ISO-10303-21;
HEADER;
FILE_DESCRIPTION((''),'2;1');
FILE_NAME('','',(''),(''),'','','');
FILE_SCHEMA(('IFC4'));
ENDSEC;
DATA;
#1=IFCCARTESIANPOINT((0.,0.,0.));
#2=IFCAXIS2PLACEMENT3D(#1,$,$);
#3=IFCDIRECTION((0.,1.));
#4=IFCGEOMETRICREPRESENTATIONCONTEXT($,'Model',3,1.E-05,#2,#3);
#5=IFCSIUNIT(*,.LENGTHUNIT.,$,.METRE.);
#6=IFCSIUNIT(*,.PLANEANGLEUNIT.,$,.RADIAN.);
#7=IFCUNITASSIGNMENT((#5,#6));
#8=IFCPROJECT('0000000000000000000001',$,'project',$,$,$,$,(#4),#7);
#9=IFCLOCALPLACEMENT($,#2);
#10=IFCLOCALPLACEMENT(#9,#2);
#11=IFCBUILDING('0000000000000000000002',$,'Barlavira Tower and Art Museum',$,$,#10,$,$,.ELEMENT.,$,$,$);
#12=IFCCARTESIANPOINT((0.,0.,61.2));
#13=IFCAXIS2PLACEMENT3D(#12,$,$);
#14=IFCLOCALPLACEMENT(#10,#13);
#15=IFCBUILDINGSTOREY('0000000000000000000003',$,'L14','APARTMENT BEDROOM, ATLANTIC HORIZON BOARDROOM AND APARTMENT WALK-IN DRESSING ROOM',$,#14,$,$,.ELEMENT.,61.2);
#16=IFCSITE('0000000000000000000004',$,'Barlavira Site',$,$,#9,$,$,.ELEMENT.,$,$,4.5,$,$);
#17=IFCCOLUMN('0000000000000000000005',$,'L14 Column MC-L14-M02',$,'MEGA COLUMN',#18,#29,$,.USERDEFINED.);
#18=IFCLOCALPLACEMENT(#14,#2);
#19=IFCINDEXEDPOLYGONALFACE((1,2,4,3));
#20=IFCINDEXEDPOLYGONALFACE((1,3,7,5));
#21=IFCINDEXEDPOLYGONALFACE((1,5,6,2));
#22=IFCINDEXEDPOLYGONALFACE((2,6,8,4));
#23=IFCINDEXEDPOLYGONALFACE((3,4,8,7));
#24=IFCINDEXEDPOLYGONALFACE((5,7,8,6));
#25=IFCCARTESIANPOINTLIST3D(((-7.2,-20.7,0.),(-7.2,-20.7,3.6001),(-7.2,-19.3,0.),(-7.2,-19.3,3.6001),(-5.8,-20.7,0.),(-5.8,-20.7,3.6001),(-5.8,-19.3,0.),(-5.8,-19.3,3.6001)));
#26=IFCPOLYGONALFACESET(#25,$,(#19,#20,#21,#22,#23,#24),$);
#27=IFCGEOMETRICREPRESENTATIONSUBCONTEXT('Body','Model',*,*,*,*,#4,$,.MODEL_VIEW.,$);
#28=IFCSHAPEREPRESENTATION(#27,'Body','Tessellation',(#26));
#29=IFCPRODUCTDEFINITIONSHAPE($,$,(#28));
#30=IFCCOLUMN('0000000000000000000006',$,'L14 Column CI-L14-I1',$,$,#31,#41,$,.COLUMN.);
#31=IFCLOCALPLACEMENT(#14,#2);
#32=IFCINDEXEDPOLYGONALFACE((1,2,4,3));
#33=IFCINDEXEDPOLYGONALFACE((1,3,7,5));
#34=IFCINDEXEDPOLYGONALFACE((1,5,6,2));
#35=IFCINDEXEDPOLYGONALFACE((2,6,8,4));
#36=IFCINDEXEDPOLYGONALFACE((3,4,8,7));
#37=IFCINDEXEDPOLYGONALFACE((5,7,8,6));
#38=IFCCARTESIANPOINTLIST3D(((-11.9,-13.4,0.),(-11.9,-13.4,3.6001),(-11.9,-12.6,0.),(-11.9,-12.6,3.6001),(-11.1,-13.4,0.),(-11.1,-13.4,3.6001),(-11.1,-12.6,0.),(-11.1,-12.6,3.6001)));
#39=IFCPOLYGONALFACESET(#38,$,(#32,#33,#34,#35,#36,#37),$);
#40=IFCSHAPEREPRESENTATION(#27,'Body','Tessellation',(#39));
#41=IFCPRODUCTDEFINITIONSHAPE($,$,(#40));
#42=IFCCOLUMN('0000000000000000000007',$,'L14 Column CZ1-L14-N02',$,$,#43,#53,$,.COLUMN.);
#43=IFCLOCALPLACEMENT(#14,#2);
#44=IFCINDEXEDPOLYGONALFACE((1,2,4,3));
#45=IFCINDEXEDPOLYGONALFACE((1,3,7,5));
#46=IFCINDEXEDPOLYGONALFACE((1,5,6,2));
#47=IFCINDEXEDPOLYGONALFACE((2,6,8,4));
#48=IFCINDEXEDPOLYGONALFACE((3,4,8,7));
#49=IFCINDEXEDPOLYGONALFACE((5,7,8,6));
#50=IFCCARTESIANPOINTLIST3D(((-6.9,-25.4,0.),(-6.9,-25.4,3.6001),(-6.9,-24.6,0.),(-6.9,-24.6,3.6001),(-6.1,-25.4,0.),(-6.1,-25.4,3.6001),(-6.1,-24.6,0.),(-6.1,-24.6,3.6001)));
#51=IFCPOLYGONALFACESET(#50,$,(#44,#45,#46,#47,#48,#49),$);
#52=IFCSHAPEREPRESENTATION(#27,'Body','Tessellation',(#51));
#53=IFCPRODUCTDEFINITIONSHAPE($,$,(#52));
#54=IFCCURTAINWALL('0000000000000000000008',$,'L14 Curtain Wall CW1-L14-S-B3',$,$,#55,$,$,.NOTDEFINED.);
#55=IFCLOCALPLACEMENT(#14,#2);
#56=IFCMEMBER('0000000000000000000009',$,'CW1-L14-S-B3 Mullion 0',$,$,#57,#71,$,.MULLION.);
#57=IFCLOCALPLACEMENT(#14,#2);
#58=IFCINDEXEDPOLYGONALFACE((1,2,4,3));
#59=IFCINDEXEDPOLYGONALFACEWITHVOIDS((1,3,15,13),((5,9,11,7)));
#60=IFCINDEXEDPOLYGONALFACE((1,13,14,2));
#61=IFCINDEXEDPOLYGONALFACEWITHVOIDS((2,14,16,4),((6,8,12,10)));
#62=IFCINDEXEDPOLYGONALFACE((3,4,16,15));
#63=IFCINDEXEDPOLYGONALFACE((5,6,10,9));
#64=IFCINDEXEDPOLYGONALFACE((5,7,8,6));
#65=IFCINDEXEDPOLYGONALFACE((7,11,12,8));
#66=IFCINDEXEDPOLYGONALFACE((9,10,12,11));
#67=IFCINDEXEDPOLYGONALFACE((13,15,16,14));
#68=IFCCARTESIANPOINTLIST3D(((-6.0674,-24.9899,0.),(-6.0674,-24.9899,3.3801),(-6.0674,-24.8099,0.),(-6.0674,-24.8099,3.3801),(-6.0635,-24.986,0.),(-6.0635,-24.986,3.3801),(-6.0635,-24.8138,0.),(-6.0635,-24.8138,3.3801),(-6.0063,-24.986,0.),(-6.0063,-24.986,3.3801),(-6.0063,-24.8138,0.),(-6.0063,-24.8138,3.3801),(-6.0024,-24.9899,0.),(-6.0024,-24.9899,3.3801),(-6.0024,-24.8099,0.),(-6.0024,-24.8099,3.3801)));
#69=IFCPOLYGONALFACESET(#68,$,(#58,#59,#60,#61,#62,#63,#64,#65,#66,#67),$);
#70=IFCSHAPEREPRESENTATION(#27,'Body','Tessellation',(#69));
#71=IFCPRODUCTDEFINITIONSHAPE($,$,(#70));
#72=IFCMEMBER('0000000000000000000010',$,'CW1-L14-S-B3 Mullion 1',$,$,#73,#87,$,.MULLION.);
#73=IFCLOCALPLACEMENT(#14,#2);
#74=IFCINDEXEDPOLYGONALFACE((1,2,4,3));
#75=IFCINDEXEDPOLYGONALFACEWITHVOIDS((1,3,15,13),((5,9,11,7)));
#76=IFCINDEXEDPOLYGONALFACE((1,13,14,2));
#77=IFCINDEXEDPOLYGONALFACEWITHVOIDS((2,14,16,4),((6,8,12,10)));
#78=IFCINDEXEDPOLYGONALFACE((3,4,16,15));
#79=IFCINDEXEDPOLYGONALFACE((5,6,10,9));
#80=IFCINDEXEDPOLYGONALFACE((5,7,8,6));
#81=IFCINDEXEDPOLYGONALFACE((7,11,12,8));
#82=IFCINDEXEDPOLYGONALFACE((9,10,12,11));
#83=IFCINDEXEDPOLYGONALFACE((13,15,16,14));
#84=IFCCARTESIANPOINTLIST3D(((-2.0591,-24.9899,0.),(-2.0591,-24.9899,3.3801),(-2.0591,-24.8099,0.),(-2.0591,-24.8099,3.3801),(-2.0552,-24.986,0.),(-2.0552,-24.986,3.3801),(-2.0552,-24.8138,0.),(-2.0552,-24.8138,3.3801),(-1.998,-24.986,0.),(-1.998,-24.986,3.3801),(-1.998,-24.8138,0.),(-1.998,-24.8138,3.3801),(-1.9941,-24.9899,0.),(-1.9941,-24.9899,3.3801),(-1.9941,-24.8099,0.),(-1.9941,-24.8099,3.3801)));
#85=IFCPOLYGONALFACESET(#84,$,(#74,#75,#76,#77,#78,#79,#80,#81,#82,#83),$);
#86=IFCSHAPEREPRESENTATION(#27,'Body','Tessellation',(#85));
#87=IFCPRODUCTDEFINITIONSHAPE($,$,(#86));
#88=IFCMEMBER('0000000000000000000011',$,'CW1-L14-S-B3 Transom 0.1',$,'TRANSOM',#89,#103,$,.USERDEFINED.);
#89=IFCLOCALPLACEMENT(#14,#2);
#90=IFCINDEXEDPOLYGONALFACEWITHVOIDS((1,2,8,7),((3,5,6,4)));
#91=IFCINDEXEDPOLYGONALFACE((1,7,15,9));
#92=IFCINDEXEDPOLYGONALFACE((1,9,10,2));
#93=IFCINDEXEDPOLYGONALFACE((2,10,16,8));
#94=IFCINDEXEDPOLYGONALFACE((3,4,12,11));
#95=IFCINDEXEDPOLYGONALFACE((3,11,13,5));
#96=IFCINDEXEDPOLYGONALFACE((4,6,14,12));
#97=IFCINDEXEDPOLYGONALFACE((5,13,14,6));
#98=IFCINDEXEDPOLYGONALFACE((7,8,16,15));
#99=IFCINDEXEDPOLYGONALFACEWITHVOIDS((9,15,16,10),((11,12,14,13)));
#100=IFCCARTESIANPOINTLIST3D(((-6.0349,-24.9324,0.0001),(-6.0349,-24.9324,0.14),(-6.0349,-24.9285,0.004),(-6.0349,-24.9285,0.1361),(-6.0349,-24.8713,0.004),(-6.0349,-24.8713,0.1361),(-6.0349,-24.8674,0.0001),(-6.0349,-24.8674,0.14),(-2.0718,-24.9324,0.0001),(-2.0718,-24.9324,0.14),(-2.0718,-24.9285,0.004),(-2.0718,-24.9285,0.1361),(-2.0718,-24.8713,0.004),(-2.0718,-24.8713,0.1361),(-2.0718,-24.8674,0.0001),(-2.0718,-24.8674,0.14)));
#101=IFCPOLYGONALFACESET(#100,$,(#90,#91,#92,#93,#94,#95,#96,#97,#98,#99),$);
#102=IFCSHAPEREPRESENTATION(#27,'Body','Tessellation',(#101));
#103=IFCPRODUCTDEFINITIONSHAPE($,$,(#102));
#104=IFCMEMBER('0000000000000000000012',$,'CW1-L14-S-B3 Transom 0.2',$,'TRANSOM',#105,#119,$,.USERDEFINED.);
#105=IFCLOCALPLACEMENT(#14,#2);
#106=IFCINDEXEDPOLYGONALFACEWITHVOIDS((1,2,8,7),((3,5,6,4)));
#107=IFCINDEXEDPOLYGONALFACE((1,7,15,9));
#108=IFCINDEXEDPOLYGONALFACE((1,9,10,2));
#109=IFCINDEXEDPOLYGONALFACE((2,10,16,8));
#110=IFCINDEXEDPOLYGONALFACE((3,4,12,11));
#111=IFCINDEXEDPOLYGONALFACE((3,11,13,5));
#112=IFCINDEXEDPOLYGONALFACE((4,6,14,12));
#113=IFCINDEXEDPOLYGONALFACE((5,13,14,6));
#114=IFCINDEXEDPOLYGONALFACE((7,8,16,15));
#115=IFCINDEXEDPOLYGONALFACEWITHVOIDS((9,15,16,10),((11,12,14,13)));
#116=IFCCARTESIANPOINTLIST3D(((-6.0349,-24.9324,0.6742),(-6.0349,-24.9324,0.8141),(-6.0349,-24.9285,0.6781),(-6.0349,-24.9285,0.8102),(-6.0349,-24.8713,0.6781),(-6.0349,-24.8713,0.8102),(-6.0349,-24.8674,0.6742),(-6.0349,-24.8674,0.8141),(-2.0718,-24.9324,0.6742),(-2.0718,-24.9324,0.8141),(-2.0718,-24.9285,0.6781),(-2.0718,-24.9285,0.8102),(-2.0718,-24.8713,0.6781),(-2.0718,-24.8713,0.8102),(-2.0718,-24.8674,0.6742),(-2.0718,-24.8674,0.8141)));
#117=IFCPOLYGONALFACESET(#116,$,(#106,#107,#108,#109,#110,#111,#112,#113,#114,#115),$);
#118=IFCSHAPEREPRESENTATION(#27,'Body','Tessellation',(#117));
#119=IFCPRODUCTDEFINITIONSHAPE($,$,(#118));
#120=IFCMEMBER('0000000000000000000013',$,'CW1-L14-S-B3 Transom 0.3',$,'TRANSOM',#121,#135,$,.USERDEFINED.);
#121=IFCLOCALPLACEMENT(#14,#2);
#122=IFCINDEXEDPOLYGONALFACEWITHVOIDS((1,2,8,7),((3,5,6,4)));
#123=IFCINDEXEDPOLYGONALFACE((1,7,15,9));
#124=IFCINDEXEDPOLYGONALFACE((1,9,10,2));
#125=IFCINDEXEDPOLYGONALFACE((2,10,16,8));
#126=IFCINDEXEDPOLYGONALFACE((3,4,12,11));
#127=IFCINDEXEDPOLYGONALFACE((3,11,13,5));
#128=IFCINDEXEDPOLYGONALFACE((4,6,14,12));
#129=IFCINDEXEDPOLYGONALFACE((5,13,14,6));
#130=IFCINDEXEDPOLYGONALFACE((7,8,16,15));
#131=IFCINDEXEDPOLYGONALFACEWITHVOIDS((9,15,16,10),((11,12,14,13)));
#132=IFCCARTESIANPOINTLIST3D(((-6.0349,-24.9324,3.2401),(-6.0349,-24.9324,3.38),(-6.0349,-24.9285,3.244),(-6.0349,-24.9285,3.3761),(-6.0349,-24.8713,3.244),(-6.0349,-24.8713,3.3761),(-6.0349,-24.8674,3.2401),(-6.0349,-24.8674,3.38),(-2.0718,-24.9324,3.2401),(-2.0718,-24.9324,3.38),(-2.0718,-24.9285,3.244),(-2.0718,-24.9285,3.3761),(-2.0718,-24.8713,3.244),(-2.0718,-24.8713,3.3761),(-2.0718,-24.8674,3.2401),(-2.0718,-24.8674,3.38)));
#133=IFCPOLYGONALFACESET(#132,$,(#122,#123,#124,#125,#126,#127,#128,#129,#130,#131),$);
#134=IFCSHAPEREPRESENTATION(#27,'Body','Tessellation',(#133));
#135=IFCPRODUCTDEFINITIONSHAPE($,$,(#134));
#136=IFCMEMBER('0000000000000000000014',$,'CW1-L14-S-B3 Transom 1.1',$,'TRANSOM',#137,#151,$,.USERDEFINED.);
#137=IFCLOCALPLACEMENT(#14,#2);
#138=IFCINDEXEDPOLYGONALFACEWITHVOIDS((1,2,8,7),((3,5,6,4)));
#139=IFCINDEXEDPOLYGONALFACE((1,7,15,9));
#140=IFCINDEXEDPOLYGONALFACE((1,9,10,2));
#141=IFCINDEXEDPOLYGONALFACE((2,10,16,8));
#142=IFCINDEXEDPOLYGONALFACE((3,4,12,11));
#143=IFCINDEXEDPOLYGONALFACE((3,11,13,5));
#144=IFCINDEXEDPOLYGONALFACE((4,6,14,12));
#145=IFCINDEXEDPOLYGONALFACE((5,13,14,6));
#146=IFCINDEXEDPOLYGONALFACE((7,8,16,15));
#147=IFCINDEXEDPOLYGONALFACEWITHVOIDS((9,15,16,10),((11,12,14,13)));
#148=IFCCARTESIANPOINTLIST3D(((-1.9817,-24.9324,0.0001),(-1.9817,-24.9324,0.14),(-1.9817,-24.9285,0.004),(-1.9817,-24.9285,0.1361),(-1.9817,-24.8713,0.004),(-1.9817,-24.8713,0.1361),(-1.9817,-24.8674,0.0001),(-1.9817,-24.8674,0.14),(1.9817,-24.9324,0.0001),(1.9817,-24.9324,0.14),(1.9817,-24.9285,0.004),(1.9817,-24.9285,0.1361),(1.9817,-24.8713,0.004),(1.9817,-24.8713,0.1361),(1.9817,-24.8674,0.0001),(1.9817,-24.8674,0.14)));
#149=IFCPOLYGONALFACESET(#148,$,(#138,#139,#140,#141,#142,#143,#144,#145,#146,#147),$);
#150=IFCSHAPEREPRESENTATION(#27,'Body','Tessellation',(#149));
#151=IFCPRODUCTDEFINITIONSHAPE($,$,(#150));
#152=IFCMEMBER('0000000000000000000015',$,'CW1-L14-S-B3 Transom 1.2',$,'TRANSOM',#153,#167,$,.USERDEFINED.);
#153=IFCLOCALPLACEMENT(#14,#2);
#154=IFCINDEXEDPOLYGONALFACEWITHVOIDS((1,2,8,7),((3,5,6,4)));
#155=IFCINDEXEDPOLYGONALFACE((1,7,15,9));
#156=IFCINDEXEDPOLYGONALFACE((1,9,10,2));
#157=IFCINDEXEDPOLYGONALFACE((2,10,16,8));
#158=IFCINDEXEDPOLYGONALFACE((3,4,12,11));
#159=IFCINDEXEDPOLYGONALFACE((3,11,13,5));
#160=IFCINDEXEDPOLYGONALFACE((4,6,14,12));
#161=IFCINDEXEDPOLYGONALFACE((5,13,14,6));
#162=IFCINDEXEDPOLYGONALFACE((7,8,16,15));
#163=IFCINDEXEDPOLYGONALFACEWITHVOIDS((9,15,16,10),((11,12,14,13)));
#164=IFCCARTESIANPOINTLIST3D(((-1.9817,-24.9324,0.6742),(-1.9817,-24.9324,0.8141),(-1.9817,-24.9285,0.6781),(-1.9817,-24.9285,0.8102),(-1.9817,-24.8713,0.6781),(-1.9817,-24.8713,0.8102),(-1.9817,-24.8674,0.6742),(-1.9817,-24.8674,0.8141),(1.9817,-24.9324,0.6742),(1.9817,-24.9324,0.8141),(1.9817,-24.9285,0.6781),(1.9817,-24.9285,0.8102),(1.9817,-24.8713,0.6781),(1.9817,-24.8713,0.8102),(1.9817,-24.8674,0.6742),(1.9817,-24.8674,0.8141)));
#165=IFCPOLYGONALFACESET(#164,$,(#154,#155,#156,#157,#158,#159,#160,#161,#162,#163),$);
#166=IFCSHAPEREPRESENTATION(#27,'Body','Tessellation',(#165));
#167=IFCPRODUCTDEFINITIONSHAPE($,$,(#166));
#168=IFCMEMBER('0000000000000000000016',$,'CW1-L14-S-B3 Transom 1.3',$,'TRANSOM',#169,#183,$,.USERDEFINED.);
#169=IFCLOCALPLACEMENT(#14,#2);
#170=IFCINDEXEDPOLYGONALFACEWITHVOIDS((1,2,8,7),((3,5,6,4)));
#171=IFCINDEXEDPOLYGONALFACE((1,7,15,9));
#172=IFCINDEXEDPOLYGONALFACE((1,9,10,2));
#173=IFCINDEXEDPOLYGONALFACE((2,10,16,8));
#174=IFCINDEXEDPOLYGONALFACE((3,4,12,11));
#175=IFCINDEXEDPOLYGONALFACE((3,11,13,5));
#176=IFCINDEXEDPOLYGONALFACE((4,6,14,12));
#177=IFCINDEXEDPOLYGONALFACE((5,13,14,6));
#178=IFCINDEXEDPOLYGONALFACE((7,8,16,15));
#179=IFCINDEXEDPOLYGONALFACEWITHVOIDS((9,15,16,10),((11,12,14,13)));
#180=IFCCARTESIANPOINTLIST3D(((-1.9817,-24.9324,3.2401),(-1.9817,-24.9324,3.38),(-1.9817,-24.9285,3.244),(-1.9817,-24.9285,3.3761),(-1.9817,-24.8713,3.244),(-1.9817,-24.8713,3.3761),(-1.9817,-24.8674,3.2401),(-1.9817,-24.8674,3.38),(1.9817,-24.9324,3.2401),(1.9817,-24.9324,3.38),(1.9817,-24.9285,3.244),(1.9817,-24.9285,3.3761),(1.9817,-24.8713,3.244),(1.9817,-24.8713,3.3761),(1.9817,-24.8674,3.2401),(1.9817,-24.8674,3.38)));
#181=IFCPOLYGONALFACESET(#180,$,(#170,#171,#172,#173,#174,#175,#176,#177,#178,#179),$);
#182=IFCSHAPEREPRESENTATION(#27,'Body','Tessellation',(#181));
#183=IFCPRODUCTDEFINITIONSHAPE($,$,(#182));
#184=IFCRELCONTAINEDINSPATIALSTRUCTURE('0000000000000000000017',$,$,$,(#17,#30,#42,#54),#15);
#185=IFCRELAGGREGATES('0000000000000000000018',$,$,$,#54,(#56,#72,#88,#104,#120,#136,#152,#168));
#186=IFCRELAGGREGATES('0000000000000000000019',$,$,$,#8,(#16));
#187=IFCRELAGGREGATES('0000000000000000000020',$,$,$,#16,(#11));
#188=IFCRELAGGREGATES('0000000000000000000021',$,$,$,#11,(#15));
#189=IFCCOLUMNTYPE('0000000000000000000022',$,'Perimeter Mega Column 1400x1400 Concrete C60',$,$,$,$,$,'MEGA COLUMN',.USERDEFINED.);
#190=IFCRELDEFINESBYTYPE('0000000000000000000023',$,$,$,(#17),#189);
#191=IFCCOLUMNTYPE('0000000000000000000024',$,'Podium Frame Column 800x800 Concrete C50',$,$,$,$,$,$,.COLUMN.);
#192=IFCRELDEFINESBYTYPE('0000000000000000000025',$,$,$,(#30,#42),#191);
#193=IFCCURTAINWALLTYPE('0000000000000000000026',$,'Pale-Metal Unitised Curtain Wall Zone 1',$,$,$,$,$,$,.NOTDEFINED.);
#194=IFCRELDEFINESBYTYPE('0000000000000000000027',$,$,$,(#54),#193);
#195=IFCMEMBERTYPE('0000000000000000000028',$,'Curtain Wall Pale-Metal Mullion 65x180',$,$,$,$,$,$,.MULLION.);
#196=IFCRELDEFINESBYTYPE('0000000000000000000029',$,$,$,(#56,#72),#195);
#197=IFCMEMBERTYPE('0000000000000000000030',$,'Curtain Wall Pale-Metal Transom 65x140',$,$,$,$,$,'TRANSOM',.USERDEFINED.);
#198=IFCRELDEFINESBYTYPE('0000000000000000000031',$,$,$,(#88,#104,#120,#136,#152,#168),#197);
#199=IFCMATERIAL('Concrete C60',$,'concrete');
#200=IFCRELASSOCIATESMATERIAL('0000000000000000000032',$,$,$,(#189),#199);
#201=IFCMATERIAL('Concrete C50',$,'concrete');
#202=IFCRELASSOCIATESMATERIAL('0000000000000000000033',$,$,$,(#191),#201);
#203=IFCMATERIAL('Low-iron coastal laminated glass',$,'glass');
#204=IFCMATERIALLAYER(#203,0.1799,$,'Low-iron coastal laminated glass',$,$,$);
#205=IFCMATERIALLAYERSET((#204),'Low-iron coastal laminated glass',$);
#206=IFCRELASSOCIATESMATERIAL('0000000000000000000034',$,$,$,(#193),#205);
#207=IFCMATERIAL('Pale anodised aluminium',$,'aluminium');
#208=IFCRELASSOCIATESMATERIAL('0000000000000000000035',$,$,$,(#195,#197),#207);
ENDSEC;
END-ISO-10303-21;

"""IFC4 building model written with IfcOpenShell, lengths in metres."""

from ifc_helpers import new_model, si_unit, direction, frame, origin, origin_2d, place, context, subcontext, project, spatial, rectangle, hollow_rectangle, extrude, material, layer, layer_set, material_profile, profile_set, type_object, element, aggregate, save


model = new_model("IFC4")

# Units and contexts
model_context = context("Model", 3, precision=1e-05, world=origin(), true_north=direction((0.0, 1.0)))
body_context = subcontext(model_context, "Body", "Model", "MODEL_VIEW")
ifc_project = project(units=[si_unit("LENGTHUNIT", "METRE"), si_unit("PLANEANGLEUNIT", "RADIAN")], contexts=[model_context])

# Site, building, storey
site_placement = place(None, origin())
site = spatial("IfcSite", under=ifc_project, at=site_placement, Name="Barlavira Site", CompositionType="ELEMENT", RefElevation=4.5)
building_placement = place(site_placement, origin())
building = spatial("IfcBuilding", under=site, at=building_placement, Name="Barlavira Tower and Art Museum", CompositionType="ELEMENT")
storey_placement = place(building_placement, frame((0.0, 0.0, 61.2)))
storey = spatial("IfcBuildingStorey", under=building, at=storey_placement, Name="L14", Description="APARTMENT BEDROOM, ATLANTIC HORIZON BOARDROOM AND APARTMENT WALK-IN DRESSING ROOM", CompositionType="ELEMENT", Elevation=61.2)

# Columns
ifc_material_1 = material(Name="Concrete C60", Category="concrete")
ifc_material_profile_1 = material_profile(ifc_material_1, rectangle(XDim=1.3999, YDim=1.3999, at=origin_2d()), Name="RC-MCOL 1400x1400")
ifc_profile_set_1 = profile_set([ifc_material_profile_1], Name="Concrete C60")
column_type_1 = type_object("IfcColumnType", Name="Perimeter Mega Column 1400x1400 Concrete C60", ElementType="MEGA COLUMN", PredefinedType="USERDEFINED", material=ifc_profile_set_1)
column_placement = place(storey_placement, frame((-6.5, -20.0, 0.0), z_axis=(0.0, 0.0, 1.0), x_axis=(1.0, 0.0, 0.0)))
element("IfcColumn", 1, at=column_placement, inside=storey, type_object=column_type_1, Name="L14 Column MC-L14-M02", ObjectType="MEGA COLUMN", PredefinedType="USERDEFINED", context=body_context, shape_type="SweptSolid", body=[
    extrude(rectangle(XDim=1.3999, YDim=1.3999, at=origin_2d()), origin(), (0.0, 0.0, 1.0), 3.6001),
])
ifc_material_2 = material(Name="Concrete C50", Category="concrete")
ifc_material_profile_2 = material_profile(ifc_material_2, rectangle(XDim=0.8, YDim=0.8, at=origin_2d()), Name="RC-COL 800x800")
ifc_profile_set_2 = profile_set([ifc_material_profile_2], Name="Concrete C50")
column_type_2 = type_object("IfcColumnType", Name="Podium Frame Column 800x800 Concrete C50", PredefinedType="COLUMN", material=ifc_profile_set_2)
for number, where, z_axis, x_axis, name in (
    (2, (-11.5, -13.0, 0.0), (0.0, 0.0, 1.0), (1.0, 0.0, 0.0), "L14 Column CI-L14-I1"),
    (3, (-6.5, -25.0, 0.0), (0.0, 0.0, 1.0), (1.0, 0.0, 0.0), "L14 Column CZ1-L14-N02"),
):
    element("IfcColumn", number, at=place(storey_placement, frame(where, z_axis=z_axis, x_axis=x_axis)), inside=storey, type_object=column_type_2, Name=name, PredefinedType="COLUMN", context=body_context, shape_type="SweptSolid", body=[
        extrude(rectangle(XDim=0.8, YDim=0.8, at=origin_2d()), origin(), (0.0, 0.0, 1.0), 3.6001),
    ])

# Curtain wall, members
ifc_material_3 = material(Name="Low-iron coastal laminated glass", Category="glass")
ifc_layer_1 = layer(ifc_material_3, 0.1799, Name="Low-iron coastal laminated glass")
ifc_layer_set_1 = layer_set([ifc_layer_1], Name="Low-iron coastal laminated glass")
curtain_wall_type = type_object("IfcCurtainWallType", Name="Pale-Metal Unitised Curtain Wall Zone 1", PredefinedType="NOTDEFINED", material=ifc_layer_set_1)
curtain_wall_placement = place(storey_placement, origin())
curtain_wall = element("IfcCurtainWall", 4, at=curtain_wall_placement, inside=storey, type_object=curtain_wall_type, Name="L14 Curtain Wall CW1-L14-S-B3", PredefinedType="NOTDEFINED")
ifc_material_4 = material(Name="Pale anodised aluminium", Category="aluminium")
ifc_material_profile_3 = material_profile(ifc_material_4, hollow_rectangle(XDim=0.0649, YDim=0.1799, WallThickness=0.0039, at=origin_2d()), Name="ALU-MULL 65x180x4")
ifc_profile_set_3 = profile_set([ifc_material_profile_3], Name="Pale anodised aluminium")
member_type_1 = type_object("IfcMemberType", Name="Curtain Wall Pale-Metal Mullion 65x180", PredefinedType="MULLION", material=ifc_profile_set_3)
member_1_placement = place(storey_placement, frame((-6.0349, -24.8999, 0.0), z_axis=(0.0, 0.0, 1.0), x_axis=(1.0, 0.0, 0.0)))
member_1 = element("IfcMember", 5, at=member_1_placement, type_object=member_type_1, Name="CW1-L14-S-B3 Mullion 0", PredefinedType="MULLION", context=body_context, shape_type="SweptSolid", body=[
    extrude(hollow_rectangle(XDim=0.0649, YDim=0.1799, WallThickness=0.0039, at=origin_2d()), origin(), (0.0, 0.0, 1.0), 3.3801),
])
member_2_placement = place(storey_placement, frame((-2.0266, -24.8999, 0.0), z_axis=(0.0, 0.0, 1.0), x_axis=(1.0, 0.0, 0.0)))
member_2 = element("IfcMember", 6, at=member_2_placement, type_object=member_type_1, Name="CW1-L14-S-B3 Mullion 1", PredefinedType="MULLION", context=body_context, shape_type="SweptSolid", body=[
    extrude(hollow_rectangle(XDim=0.0649, YDim=0.1799, WallThickness=0.0039, at=origin_2d()), origin(), (0.0, 0.0, 1.0), 3.3801),
])
ifc_material_profile_4 = material_profile(ifc_material_4, hollow_rectangle(XDim=0.0649, YDim=0.1399, WallThickness=0.0039, at=origin_2d()), Name="ALU-TRAN 65x140x4")
ifc_profile_set_4 = profile_set([ifc_material_profile_4], Name="Pale anodised aluminium")
member_type_2 = type_object("IfcMemberType", Name="Curtain Wall Pale-Metal Transom 65x140", ElementType="TRANSOM", PredefinedType="USERDEFINED", material=ifc_profile_set_4)
member_3_placement = place(storey_placement, frame((-6.0349, -24.8999, 0.0701), z_axis=(1.0, 0.0, 0.0), x_axis=(0.0, 1.0, 0.0)))
member_3 = element("IfcMember", 7, at=member_3_placement, type_object=member_type_2, Name="CW1-L14-S-B3 Transom 0.1", ObjectType="TRANSOM", PredefinedType="USERDEFINED", context=body_context, shape_type="SweptSolid", body=[
    extrude(hollow_rectangle(XDim=0.0649, YDim=0.1399, WallThickness=0.0039, at=origin_2d()), origin(), (0.0, 0.0, 1.0), 3.9631),
])
member_4_placement = place(storey_placement, frame((-6.0349, -24.8999, 0.7441), z_axis=(1.0, 0.0, 0.0), x_axis=(0.0, 1.0, 0.0)))
member_4 = element("IfcMember", 8, at=member_4_placement, type_object=member_type_2, Name="CW1-L14-S-B3 Transom 0.2", ObjectType="TRANSOM", PredefinedType="USERDEFINED", context=body_context, shape_type="SweptSolid", body=[
    extrude(hollow_rectangle(XDim=0.0649, YDim=0.1399, WallThickness=0.0039, at=origin_2d()), origin(), (0.0, 0.0, 1.0), 3.9631),
])
member_5_placement = place(storey_placement, frame((-6.0349, -24.8999, 3.3101), z_axis=(1.0, 0.0, 0.0), x_axis=(0.0, 1.0, 0.0)))
member_5 = element("IfcMember", 9, at=member_5_placement, type_object=member_type_2, Name="CW1-L14-S-B3 Transom 0.3", ObjectType="TRANSOM", PredefinedType="USERDEFINED", context=body_context, shape_type="SweptSolid", body=[
    extrude(hollow_rectangle(XDim=0.0649, YDim=0.1399, WallThickness=0.0039, at=origin_2d()), origin(), (0.0, 0.0, 1.0), 3.9631),
])
member_6_placement = place(storey_placement, frame((-1.9817, -24.8999, 0.0701), z_axis=(1.0, 0.0, 0.0), x_axis=(0.0, 1.0, 0.0)))
member_6 = element("IfcMember", 10, at=member_6_placement, type_object=member_type_2, Name="CW1-L14-S-B3 Transom 1.1", ObjectType="TRANSOM", PredefinedType="USERDEFINED", context=body_context, shape_type="SweptSolid", body=[
    extrude(hollow_rectangle(XDim=0.0649, YDim=0.1399, WallThickness=0.0039, at=origin_2d()), origin(), (0.0, 0.0, 1.0), 3.9634),
])
member_7_placement = place(storey_placement, frame((-1.9817, -24.8999, 0.7441), z_axis=(1.0, 0.0, 0.0), x_axis=(0.0, 1.0, 0.0)))
member_7 = element("IfcMember", 11, at=member_7_placement, type_object=member_type_2, Name="CW1-L14-S-B3 Transom 1.2", ObjectType="TRANSOM", PredefinedType="USERDEFINED", context=body_context, shape_type="SweptSolid", body=[
    extrude(hollow_rectangle(XDim=0.0649, YDim=0.1399, WallThickness=0.0039, at=origin_2d()), origin(), (0.0, 0.0, 1.0), 3.9634),
])
member_8_placement = place(storey_placement, frame((-1.9817, -24.8999, 3.3101), z_axis=(1.0, 0.0, 0.0), x_axis=(0.0, 1.0, 0.0)))
member_8 = element("IfcMember", 12, at=member_8_placement, type_object=member_type_2, Name="CW1-L14-S-B3 Transom 1.3", ObjectType="TRANSOM", PredefinedType="USERDEFINED", context=body_context, shape_type="SweptSolid", body=[
    extrude(hollow_rectangle(XDim=0.0649, YDim=0.1399, WallThickness=0.0039, at=origin_2d()), origin(), (0.0, 0.0, 1.0), 3.9634),
])

aggregate(curtain_wall, [member_1, member_2, member_3, member_4, member_5, member_6, member_7, member_8])

save(model, "model.ifc")
